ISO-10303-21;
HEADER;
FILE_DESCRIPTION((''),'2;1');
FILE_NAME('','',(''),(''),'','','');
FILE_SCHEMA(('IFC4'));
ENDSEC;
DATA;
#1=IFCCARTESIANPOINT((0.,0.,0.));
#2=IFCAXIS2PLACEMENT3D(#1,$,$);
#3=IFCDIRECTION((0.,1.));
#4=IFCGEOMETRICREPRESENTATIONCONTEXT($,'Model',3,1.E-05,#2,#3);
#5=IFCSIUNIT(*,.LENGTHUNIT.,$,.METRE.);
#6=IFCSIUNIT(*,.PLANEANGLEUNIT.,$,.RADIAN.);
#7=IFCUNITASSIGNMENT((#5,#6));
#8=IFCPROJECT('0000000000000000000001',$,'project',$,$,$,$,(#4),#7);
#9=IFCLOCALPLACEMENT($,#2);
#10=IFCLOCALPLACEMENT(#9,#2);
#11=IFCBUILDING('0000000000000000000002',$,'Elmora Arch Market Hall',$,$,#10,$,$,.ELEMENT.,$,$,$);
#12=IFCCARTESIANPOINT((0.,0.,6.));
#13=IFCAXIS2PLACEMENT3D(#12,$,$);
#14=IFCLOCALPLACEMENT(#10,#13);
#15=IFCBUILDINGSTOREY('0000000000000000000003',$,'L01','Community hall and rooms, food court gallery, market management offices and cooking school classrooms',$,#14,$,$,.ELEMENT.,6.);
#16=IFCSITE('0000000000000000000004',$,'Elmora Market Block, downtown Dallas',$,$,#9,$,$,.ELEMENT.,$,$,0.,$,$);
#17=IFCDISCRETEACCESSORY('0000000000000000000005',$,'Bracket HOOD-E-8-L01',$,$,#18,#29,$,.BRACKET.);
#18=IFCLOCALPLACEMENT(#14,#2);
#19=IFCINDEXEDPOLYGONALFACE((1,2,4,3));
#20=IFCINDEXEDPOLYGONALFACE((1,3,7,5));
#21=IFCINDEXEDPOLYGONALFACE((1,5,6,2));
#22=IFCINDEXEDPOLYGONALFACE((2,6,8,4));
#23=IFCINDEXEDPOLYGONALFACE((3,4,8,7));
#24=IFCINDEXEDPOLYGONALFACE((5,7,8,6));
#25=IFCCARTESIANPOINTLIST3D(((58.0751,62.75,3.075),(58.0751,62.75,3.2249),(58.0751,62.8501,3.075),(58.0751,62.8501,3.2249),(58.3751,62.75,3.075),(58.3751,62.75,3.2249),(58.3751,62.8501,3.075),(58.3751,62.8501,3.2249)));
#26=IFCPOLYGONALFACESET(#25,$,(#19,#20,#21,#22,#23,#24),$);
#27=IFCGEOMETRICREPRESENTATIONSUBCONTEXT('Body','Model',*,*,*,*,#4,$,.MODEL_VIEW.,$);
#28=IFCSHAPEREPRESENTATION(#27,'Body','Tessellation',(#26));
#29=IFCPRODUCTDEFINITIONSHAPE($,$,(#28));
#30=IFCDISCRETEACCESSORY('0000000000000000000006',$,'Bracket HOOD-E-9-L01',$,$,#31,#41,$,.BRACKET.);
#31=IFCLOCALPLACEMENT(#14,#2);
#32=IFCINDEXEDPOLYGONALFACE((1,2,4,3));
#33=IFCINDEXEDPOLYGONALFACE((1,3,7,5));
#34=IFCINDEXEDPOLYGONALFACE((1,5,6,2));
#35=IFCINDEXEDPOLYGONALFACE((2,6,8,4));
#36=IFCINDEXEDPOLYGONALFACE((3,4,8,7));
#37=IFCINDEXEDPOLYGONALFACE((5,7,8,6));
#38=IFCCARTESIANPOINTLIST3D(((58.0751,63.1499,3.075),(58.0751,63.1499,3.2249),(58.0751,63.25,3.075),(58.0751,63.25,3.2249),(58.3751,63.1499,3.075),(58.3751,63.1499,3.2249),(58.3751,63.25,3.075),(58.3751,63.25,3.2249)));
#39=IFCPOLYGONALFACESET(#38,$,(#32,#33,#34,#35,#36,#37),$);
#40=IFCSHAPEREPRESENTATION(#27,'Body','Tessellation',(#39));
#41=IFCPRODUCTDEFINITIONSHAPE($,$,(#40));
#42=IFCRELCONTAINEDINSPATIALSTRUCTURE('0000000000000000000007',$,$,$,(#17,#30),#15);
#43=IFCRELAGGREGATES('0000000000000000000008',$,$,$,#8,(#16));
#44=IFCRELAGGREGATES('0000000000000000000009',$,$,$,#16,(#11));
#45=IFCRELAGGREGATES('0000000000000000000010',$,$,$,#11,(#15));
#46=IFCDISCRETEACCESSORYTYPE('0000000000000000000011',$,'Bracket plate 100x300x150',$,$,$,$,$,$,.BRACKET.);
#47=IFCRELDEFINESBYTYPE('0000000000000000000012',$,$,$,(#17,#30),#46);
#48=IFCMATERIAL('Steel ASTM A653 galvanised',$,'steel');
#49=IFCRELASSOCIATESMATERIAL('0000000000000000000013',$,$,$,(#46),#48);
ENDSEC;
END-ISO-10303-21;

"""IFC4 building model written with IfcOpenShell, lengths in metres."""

from ifc_helpers import new_model, si_unit, direction, frame, origin, origin_2d, place, context, subcontext, project, spatial, rectangle, extrude, material, type_object, element, save


model = new_model("IFC4")

# Units and contexts
model_context = context("Model", 3, precision=1e-05, world=origin(), true_north=direction((0.0, 1.0)))
body_context = subcontext(model_context, "Body", "Model", "MODEL_VIEW")
ifc_project = project(units=[si_unit("LENGTHUNIT", "METRE"), si_unit("PLANEANGLEUNIT", "RADIAN")], contexts=[model_context])

# Site, building, storey
site_placement = place(None, origin())
site = spatial("IfcSite", under=ifc_project, at=site_placement, Name="Elmora Market Block, downtown Dallas", CompositionType="ELEMENT", RefElevation=0.0)
building_placement = place(site_placement, origin())
building = spatial("IfcBuilding", under=site, at=building_placement, Name="Elmora Arch Market Hall", CompositionType="ELEMENT")
storey_placement = place(building_placement, frame((0.0, 0.0, 6.0)))
storey = spatial("IfcBuildingStorey", under=building, at=storey_placement, Name="L01", Description="Community hall and rooms, food court gallery, market management offices and cooking school classrooms", CompositionType="ELEMENT", Elevation=6.0)

# Discrete accessories
ifc_material_1 = material(Name="Steel ASTM A653 galvanised", Category="steel")
discrete_accessory_type = type_object("IfcDiscreteAccessoryType", Name="Bracket plate 100x300x150", PredefinedType="BRACKET", material=ifc_material_1)
for number, where, z_axis, x_axis, name in (
    (1, (58.2251, 62.8, 3.075), (0.0, 0.0, 1.0), (1.0, 0.0, 0.0), "Bracket HOOD-E-8-L01"),
    (2, (58.2251, 63.2, 3.075), (0.0, 0.0, 1.0), (1.0, 0.0, 0.0), "Bracket HOOD-E-9-L01"),
):
    element("IfcDiscreteAccessory", number, at=place(storey_placement, frame(where, z_axis=z_axis, x_axis=x_axis)), inside=storey, type_object=discrete_accessory_type, Name=name, PredefinedType="BRACKET", context=body_context, shape_type="SweptSolid", body=[
        extrude(rectangle(XDim=0.3, YDim=0.1001, at=origin_2d()), origin(), (0.0, 0.0, 1.0), 0.1499),
    ])

save(model, "model.ifc")
